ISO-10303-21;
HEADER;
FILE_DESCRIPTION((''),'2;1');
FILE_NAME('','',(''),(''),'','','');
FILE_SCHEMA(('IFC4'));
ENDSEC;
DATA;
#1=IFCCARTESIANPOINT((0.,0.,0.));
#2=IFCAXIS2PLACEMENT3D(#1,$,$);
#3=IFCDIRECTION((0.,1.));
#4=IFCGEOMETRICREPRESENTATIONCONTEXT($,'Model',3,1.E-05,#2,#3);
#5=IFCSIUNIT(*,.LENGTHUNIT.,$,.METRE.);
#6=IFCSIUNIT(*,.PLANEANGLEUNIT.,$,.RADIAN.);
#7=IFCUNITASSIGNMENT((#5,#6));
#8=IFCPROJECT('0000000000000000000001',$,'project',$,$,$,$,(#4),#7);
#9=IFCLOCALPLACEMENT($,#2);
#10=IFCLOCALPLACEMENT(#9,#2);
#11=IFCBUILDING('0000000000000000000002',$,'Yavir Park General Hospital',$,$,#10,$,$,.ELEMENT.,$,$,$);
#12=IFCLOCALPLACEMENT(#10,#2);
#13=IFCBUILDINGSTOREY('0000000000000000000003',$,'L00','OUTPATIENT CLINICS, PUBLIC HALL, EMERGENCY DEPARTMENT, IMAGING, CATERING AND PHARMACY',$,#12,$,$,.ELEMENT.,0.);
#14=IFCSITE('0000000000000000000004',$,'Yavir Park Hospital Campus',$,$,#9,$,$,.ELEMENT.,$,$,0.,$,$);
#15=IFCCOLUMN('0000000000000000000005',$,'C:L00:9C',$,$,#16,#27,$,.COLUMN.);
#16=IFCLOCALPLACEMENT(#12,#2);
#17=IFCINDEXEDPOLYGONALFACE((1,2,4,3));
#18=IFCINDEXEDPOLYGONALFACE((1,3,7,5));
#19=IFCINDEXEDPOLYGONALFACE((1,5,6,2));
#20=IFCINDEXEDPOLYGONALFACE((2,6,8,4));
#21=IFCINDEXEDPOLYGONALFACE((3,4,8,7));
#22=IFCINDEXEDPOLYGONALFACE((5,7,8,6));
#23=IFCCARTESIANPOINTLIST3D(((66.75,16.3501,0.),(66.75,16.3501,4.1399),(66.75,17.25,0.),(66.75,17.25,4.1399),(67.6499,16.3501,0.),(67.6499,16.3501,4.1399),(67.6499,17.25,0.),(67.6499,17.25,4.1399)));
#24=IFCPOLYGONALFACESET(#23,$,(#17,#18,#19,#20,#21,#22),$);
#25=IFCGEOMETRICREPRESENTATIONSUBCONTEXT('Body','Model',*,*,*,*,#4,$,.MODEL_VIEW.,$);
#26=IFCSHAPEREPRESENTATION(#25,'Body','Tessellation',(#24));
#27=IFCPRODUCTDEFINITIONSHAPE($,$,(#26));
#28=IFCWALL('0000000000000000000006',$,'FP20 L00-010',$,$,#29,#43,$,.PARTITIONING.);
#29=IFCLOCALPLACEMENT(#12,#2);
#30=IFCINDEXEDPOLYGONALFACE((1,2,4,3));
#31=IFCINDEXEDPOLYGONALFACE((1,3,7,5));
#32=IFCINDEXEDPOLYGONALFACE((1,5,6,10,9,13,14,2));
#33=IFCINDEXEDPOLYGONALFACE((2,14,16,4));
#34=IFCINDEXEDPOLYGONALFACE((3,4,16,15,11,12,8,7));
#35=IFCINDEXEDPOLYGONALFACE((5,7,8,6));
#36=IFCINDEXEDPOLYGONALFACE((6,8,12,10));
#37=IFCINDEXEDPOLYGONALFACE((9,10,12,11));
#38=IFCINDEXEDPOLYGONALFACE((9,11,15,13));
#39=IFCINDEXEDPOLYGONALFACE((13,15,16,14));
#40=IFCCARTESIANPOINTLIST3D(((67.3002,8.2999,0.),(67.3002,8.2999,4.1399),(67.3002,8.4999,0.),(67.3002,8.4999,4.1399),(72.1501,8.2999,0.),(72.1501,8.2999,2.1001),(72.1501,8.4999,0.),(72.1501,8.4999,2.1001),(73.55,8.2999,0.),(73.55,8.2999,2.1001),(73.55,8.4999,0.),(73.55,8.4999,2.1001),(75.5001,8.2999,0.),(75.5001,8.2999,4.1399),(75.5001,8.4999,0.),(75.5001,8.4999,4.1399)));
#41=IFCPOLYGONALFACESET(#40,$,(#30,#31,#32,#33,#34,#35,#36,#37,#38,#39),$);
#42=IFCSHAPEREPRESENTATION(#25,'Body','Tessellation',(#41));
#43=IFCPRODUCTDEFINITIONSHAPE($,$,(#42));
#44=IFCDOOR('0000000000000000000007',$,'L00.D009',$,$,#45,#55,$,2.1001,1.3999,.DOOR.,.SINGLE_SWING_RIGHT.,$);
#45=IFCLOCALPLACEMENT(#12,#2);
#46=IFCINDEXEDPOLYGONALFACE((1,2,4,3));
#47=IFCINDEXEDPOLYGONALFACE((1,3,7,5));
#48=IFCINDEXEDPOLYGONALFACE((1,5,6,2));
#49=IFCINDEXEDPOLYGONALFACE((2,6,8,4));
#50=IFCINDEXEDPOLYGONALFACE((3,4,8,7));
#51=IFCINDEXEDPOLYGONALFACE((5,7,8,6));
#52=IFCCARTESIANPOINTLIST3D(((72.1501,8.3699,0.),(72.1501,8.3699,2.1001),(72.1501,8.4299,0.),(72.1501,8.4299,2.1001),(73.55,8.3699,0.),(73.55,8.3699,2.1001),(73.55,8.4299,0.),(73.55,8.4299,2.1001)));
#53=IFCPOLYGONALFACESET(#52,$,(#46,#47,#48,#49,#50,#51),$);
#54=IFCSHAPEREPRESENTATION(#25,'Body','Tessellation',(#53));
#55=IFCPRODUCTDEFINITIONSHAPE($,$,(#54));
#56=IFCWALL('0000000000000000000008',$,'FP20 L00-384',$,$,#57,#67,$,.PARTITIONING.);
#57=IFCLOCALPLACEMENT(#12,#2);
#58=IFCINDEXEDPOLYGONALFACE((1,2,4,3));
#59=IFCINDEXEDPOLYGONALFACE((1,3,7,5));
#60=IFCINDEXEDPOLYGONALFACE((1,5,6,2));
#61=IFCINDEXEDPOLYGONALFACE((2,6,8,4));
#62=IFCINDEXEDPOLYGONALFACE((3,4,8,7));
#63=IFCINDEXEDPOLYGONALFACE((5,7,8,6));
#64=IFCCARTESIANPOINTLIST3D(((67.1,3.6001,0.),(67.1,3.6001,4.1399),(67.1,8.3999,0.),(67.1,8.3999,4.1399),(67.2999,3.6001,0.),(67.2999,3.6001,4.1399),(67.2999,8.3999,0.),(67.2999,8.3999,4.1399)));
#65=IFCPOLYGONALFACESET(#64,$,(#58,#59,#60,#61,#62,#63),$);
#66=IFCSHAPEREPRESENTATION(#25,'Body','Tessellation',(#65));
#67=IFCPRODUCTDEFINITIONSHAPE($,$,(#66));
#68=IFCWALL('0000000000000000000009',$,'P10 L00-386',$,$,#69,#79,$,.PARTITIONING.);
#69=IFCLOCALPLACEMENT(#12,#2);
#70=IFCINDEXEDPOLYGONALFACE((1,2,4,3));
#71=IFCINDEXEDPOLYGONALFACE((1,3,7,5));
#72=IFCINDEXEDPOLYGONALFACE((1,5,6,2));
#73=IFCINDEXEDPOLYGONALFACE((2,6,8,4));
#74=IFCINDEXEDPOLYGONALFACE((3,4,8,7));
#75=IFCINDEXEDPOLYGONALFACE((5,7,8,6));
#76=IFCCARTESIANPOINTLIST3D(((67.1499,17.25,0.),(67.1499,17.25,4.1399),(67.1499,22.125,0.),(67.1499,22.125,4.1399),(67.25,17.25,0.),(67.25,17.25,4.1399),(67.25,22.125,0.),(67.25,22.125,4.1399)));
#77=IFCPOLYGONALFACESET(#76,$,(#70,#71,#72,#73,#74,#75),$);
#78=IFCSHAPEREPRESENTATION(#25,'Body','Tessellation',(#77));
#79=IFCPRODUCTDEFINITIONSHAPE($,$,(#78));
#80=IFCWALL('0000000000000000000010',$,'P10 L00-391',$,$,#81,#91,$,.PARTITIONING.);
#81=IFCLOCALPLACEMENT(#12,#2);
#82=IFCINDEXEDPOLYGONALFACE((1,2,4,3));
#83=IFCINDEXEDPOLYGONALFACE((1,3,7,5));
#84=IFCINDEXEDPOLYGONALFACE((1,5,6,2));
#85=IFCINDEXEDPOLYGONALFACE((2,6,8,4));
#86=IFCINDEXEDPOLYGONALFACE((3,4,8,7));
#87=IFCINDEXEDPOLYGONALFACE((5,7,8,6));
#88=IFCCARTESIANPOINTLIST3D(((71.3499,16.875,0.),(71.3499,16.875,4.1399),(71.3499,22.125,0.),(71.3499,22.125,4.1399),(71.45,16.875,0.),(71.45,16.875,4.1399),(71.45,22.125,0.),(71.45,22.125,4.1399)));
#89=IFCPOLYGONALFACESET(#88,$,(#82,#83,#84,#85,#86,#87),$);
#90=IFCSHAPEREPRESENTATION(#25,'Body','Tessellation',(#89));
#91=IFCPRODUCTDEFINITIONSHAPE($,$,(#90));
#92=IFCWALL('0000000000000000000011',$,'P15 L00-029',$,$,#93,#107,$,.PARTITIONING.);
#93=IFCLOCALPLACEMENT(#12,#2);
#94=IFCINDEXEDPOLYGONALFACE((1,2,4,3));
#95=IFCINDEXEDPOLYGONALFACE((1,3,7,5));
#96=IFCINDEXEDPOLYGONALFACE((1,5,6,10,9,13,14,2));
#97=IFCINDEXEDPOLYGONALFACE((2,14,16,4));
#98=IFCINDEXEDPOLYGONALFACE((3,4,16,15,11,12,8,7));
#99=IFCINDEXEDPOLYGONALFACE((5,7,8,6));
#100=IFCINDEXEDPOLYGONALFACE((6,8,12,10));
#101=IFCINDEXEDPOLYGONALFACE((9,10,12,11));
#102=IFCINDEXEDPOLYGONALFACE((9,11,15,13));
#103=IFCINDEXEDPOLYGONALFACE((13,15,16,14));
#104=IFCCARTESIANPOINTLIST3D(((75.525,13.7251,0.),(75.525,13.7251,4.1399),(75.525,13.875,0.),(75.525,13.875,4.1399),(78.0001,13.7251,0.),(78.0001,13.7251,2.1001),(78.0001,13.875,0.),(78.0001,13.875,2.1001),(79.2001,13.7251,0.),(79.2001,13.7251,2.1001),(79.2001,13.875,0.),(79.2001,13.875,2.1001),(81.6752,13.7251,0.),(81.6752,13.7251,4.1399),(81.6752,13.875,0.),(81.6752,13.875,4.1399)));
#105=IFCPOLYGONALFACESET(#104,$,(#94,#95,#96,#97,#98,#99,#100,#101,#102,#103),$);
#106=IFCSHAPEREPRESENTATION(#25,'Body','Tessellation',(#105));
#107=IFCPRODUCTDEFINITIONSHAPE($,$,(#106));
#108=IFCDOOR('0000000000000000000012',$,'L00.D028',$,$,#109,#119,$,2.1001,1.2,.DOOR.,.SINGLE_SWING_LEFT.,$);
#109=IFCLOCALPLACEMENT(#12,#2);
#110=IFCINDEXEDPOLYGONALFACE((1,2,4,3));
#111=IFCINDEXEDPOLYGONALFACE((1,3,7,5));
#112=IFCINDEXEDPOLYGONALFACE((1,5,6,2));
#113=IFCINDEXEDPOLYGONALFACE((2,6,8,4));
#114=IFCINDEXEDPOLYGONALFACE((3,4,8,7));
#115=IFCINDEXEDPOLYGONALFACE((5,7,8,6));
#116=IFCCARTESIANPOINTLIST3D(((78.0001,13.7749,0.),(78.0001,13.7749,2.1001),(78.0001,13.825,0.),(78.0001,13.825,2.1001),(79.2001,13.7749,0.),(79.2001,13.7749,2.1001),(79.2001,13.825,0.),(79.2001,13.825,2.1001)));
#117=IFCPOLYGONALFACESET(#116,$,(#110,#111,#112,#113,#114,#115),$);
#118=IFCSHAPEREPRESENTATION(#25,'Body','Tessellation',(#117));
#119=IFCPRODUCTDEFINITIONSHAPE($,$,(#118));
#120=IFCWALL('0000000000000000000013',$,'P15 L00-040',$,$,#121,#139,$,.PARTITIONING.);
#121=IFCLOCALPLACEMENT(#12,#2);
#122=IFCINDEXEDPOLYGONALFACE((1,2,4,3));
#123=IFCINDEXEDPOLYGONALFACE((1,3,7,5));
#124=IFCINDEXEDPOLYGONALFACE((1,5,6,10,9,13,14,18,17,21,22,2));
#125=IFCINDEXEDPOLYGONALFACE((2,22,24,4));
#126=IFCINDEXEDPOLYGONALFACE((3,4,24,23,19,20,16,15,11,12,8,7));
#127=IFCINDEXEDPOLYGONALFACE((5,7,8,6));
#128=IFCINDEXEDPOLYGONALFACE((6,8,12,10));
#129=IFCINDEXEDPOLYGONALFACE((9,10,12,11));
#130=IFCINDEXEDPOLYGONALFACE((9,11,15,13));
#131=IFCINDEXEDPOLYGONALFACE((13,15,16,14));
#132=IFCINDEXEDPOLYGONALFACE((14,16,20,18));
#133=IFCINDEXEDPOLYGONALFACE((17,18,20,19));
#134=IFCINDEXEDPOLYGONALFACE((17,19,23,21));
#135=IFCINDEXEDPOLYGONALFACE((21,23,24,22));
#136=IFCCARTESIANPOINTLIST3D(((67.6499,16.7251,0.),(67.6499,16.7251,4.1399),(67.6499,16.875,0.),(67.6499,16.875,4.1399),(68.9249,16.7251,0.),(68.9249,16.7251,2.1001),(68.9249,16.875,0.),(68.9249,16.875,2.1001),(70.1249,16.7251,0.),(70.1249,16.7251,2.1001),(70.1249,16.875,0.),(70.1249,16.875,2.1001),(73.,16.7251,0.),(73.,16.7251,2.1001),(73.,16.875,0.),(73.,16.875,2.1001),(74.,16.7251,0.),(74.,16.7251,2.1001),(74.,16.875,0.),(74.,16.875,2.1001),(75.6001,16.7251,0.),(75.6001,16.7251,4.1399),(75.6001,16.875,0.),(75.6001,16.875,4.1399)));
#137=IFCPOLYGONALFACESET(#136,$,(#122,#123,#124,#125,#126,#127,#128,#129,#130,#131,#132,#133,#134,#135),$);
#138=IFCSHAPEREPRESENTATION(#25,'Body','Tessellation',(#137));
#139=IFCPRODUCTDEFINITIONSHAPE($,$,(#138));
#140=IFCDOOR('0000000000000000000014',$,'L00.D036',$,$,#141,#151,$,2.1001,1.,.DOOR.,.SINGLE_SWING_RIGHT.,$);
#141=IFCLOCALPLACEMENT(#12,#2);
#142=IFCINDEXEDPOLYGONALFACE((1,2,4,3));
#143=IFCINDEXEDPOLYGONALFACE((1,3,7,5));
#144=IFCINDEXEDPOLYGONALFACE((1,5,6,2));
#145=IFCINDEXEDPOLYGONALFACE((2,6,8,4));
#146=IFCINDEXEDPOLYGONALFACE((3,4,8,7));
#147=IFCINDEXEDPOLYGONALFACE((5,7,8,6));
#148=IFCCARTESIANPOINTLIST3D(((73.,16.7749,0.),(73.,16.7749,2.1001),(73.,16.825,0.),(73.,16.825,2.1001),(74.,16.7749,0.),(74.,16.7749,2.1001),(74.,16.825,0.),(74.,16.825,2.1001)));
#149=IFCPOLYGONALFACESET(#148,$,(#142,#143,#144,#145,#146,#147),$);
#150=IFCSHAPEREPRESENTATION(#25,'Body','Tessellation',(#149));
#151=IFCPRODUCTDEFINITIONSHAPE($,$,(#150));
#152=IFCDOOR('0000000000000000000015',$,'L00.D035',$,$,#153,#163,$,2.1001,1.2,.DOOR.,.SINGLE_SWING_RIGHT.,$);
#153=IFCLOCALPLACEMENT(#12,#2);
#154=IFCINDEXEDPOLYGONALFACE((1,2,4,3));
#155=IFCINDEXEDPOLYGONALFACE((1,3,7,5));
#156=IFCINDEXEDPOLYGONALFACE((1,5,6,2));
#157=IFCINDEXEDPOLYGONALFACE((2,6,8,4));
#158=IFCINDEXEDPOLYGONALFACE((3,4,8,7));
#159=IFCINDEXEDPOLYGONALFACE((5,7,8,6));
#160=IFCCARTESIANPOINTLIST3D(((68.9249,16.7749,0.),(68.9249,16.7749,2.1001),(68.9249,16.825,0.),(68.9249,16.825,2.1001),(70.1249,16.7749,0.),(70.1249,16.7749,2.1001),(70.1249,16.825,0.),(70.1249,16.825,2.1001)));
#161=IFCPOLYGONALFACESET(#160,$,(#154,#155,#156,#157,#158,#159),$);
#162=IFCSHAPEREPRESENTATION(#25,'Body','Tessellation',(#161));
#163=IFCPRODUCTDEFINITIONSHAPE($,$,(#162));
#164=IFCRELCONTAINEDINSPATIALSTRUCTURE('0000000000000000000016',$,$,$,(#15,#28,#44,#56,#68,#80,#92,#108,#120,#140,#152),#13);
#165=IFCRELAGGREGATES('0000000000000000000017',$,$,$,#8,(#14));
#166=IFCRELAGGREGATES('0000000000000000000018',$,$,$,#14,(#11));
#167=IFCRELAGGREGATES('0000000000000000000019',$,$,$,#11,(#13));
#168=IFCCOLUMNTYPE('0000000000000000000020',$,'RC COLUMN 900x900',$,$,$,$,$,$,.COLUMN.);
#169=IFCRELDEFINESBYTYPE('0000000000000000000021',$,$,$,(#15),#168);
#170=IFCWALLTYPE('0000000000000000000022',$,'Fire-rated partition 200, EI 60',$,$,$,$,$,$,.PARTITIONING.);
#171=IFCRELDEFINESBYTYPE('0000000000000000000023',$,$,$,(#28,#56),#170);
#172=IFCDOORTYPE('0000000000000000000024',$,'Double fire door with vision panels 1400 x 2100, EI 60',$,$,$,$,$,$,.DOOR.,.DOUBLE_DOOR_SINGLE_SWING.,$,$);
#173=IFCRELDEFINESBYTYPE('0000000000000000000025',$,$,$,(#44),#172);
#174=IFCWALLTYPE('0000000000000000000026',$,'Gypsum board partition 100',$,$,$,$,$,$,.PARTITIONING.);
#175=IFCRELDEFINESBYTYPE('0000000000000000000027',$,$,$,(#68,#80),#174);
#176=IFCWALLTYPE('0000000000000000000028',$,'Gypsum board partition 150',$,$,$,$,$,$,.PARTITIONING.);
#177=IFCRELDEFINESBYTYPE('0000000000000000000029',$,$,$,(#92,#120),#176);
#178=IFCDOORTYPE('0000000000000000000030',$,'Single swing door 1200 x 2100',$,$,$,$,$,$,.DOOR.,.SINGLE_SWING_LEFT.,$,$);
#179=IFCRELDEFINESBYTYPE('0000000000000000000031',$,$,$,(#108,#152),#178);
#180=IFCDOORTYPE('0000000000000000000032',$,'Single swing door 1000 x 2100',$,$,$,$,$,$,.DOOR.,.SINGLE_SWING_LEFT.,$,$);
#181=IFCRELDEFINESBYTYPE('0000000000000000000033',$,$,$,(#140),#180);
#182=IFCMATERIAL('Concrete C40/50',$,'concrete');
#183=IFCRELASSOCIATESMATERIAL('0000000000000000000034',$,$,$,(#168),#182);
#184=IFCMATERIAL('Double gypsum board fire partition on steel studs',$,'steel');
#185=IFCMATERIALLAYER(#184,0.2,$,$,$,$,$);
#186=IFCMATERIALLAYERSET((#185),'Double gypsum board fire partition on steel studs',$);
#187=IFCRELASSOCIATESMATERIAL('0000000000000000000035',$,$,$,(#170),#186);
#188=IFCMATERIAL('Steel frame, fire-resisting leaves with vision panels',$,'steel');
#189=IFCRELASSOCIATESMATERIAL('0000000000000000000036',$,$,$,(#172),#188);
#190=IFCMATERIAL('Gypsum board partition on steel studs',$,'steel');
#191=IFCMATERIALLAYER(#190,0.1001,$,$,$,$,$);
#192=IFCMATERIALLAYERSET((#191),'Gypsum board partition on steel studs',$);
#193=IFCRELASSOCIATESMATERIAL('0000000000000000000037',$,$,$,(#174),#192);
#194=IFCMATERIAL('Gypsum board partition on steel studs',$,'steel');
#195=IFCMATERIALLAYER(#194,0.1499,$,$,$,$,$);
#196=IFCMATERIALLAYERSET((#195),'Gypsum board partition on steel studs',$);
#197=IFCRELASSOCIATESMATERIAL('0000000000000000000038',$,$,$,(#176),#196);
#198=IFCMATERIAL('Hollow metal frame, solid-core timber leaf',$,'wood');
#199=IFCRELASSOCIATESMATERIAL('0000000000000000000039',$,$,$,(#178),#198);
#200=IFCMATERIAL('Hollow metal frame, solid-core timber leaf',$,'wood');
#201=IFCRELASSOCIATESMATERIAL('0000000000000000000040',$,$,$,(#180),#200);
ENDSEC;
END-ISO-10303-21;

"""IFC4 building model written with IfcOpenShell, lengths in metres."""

from ifc_helpers import new_model, si_unit, direction, frame, frame_2d, origin, origin_2d, place, context, subcontext, project, spatial, rectangle, extrude, material, layer, layer_set, material_profile, profile_set, type_object, element, fill, save


model = new_model("IFC4")

# Units and contexts
model_context = context("Model", 3, precision=1e-05, world=origin(), true_north=direction((0.0, 1.0)))
body_context = subcontext(model_context, "Body", "Model", "MODEL_VIEW")
ifc_project = project(units=[si_unit("LENGTHUNIT", "METRE"), si_unit("PLANEANGLEUNIT", "RADIAN")], contexts=[model_context])

# Site, building, storey
site_placement = place(None, origin())
site = spatial("IfcSite", under=ifc_project, at=site_placement, Name="Yavir Park Hospital Campus", CompositionType="ELEMENT", RefElevation=0.0)
building_placement = place(site_placement, origin())
building = spatial("IfcBuilding", under=site, at=building_placement, Name="Yavir Park General Hospital", CompositionType="ELEMENT")
storey_placement = place(building_placement, origin())
storey = spatial("IfcBuildingStorey", under=building, at=storey_placement, Name="L00", Description="OUTPATIENT CLINICS, PUBLIC HALL, EMERGENCY DEPARTMENT, IMAGING, CATERING AND PHARMACY", CompositionType="ELEMENT", Elevation=0.0)

# Column
ifc_material_1 = material(Name="Concrete C40/50", Category="concrete")
ifc_material_profile = material_profile(ifc_material_1, rectangle(XDim=0.8999, YDim=0.8999, at=origin_2d()), Name="RC900x900")
ifc_profile_set = profile_set([ifc_material_profile], Name="Concrete C40/50")
column_type = type_object("IfcColumnType", Name="RC COLUMN 900x900", PredefinedType="COLUMN", material=ifc_profile_set)
column_placement = place(storey_placement, frame((67.2, 16.8, 0.0), z_axis=(0.0, 0.0, 1.0), x_axis=(1.0, 0.0, 0.0)))
element("IfcColumn", 1, at=column_placement, inside=storey, type_object=column_type, Name="C:L00:9C", PredefinedType="COLUMN", context=body_context, shape_type="SweptSolid", body=[
    extrude(rectangle(XDim=0.8999, YDim=0.8999, at=origin_2d()), origin(), (0.0, 0.0, 1.0), 4.1399),
])

# Wall, opening, door
ifc_material_2 = material(Name="Double gypsum board fire partition on steel studs", Category="steel")
ifc_layer_1 = layer(ifc_material_2, 0.2)
ifc_layer_set_1 = layer_set([ifc_layer_1], Name="Double gypsum board fire partition on steel studs")
wall_type_1 = type_object("IfcWallType", Name="Fire-rated partition 200, EI 60", PredefinedType="PARTITIONING", material=ifc_layer_set_1)
wall_1_placement = place(storey_placement, frame((67.3, 8.3999, 0.0), z_axis=(0.0, 0.0, 1.0), x_axis=(1.0, 0.0, 0.0)))
wall_1 = element("IfcWall", 2, at=wall_1_placement, inside=storey, type_object=wall_type_1, Name="FP20 L00-010", PredefinedType="PARTITIONING", context=body_context, shape_type="SweptSolid", body=[
    extrude(rectangle(XDim=8.2, YDim=0.2, at=frame_2d((4.1001, 0.0))), origin(), (0.0, 0.0, 1.0), 4.1399),
])
opening_1_placement = place(wall_1_placement, frame((4.8501, 0.0, 0.0)))
opening_1 = element("IfcOpeningElement", 3, at=opening_1_placement, cuts=wall_1, PredefinedType="OPENING", context=body_context, shape_type="SweptSolid", body=[
    extrude(rectangle(XDim=1.3999, YDim=2.1001, at=frame_2d((0.7, 1.05))), frame((0.0, 0.1099, 0.0), z_axis=(0.0, -1.0, 0.0), x_axis=(1.0, 0.0, 0.0)), (0.0, 0.0, 1.0), 0.22),
])
ifc_material_3 = material(Name="Steel frame, fire-resisting leaves with vision panels", Category="steel")
door_type_1 = type_object("IfcDoorType", Name="Double fire door with vision panels 1400 x 2100, EI 60", OperationType="DOUBLE_DOOR_SINGLE_SWING", PredefinedType="DOOR", material=ifc_material_3)
door_1_placement = place(opening_1_placement, origin())
door_1 = element("IfcDoor", 4, at=door_1_placement, inside=storey, type_object=door_type_1, Name="L00.D009", OperationType="SINGLE_SWING_RIGHT", OverallHeight=2.1001, OverallWidth=1.3999, PredefinedType="DOOR", context=body_context, shape_type="SweptSolid", body=[
    extrude(rectangle(XDim=1.3999, YDim=2.1001, at=frame_2d((0.7, 1.05))), frame((0.0, 0.03, 0.0), z_axis=(0.0, -1.0, 0.0), x_axis=(1.0, 0.0, 0.0)), (0.0, 0.0, 1.0), 0.0601),
])
fill(opening_1, door_1)

# Walls
wall_2_placement = place(storey_placement, frame((67.2, 3.6001, 0.0), z_axis=(0.0, 0.0, 1.0), x_axis=(0.0, 1.0, 0.0)))
element("IfcWall", 5, at=wall_2_placement, inside=storey, type_object=wall_type_1, Name="FP20 L00-384", PredefinedType="PARTITIONING", context=body_context, shape_type="SweptSolid", body=[
    extrude(rectangle(XDim=4.7998, YDim=0.2, at=frame_2d((2.3999, 0.0))), origin(), (0.0, 0.0, 1.0), 4.1399),
])
ifc_material_4 = material(Name="Gypsum board partition on steel studs", Category="steel")
ifc_layer_2 = layer(ifc_material_4, 0.1001)
ifc_layer_set_2 = layer_set([ifc_layer_2], Name="Gypsum board partition on steel studs")
wall_type_2 = type_object("IfcWallType", Name="Gypsum board partition 100", PredefinedType="PARTITIONING", material=ifc_layer_set_2)
wall_3_placement = place(storey_placement, frame((67.2, 17.25, 0.0), z_axis=(0.0, 0.0, 1.0), x_axis=(0.0, 1.0, 0.0)))
element("IfcWall", 6, at=wall_3_placement, inside=storey, type_object=wall_type_2, Name="P10 L00-386", PredefinedType="PARTITIONING", context=body_context, shape_type="SweptSolid", body=[
    extrude(rectangle(XDim=4.875, YDim=0.1001, at=frame_2d((2.4375, 0.0))), origin(), (0.0, 0.0, 1.0), 4.1399),
])
wall_4_placement = place(storey_placement, frame((71.3999, 16.875, 0.0), z_axis=(0.0, 0.0, 1.0), x_axis=(0.0, 1.0, 0.0)))
element("IfcWall", 7, at=wall_4_placement, inside=storey, type_object=wall_type_2, Name="P10 L00-391", PredefinedType="PARTITIONING", context=body_context, shape_type="SweptSolid", body=[
    extrude(rectangle(XDim=5.25, YDim=0.1001, at=frame_2d((2.625, 0.0))), origin(), (0.0, 0.0, 1.0), 4.1399),
])

# Wall, opening, door
ifc_material_5 = material(Name="Gypsum board partition on steel studs", Category="steel")
ifc_layer_3 = layer(ifc_material_5, 0.1499)
ifc_layer_set_3 = layer_set([ifc_layer_3], Name="Gypsum board partition on steel studs")
wall_type_3 = type_object("IfcWallType", Name="Gypsum board partition 150", PredefinedType="PARTITIONING", material=ifc_layer_set_3)
wall_5_placement = place(storey_placement, frame((75.5249, 13.8, 0.0), z_axis=(0.0, 0.0, 1.0), x_axis=(1.0, 0.0, 0.0)))
wall_5 = element("IfcWall", 8, at=wall_5_placement, inside=storey, type_object=wall_type_3, Name="P15 L00-029", PredefinedType="PARTITIONING", context=body_context, shape_type="SweptSolid", body=[
    extrude(rectangle(XDim=6.1501, YDim=0.1499, at=frame_2d((3.0752, 0.0))), origin(), (0.0, 0.0, 1.0), 4.1399),
])
opening_2_placement = place(wall_5_placement, frame((2.4751, 0.0, 0.0)))
opening_2 = element("IfcOpeningElement", 9, at=opening_2_placement, cuts=wall_5, PredefinedType="OPENING", context=body_context, shape_type="SweptSolid", body=[
    extrude(rectangle(XDim=1.2, YDim=2.1001, at=frame_2d((0.6001, 1.05))), frame((0.0, 0.085, 0.0), z_axis=(0.0, -1.0, 0.0), x_axis=(1.0, 0.0, 0.0)), (0.0, 0.0, 1.0), 0.1699),
])
ifc_material_6 = material(Name="Hollow metal frame, solid-core timber leaf", Category="wood")
door_type_2 = type_object("IfcDoorType", Name="Single swing door 1200 x 2100", OperationType="SINGLE_SWING_LEFT", PredefinedType="DOOR", material=ifc_material_6)
door_2_placement = place(opening_2_placement, origin())
door_2 = element("IfcDoor", 10, at=door_2_placement, inside=storey, type_object=door_type_2, Name="L00.D028", OperationType="SINGLE_SWING_LEFT", OverallHeight=2.1001, OverallWidth=1.2, PredefinedType="DOOR", context=body_context, shape_type="SweptSolid", body=[
    extrude(rectangle(XDim=1.2, YDim=2.1001, at=frame_2d((0.6001, 1.05))), frame((0.0, 0.0249, 0.0), z_axis=(0.0, -1.0, 0.0), x_axis=(1.0, 0.0, 0.0)), (0.0, 0.0, 1.0), 0.05),
])
fill(opening_2, door_2)

# Wall, openings, doors
wall_6_placement = place(storey_placement, frame((67.6499, 16.8, 0.0), z_axis=(0.0, 0.0, 1.0), x_axis=(1.0, 0.0, 0.0)))
wall_6 = element("IfcWall", 11, at=wall_6_placement, inside=storey, type_object=wall_type_3, Name="P15 L00-040", PredefinedType="PARTITIONING", context=body_context, shape_type="SweptSolid", body=[
    extrude(rectangle(XDim=7.9502, YDim=0.1499, at=frame_2d((3.9751, 0.0))), origin(), (0.0, 0.0, 1.0), 4.1399),
])
opening_3_placement = place(wall_6_placement, frame((1.2749, 0.0, 0.0)))
opening_3 = element("IfcOpeningElement", 12, at=opening_3_placement, cuts=wall_6, PredefinedType="OPENING", context=body_context, shape_type="SweptSolid", body=[
    extrude(rectangle(XDim=1.2, YDim=2.1001, at=frame_2d((0.6001, 1.05))), frame((0.0, 0.085, 0.0), z_axis=(0.0, -1.0, 0.0), x_axis=(1.0, 0.0, 0.0)), (0.0, 0.0, 1.0), 0.1699),
])
opening_4_placement = place(wall_6_placement, frame((5.3501, 0.0, 0.0)))
opening_4 = element("IfcOpeningElement", 13, at=opening_4_placement, cuts=wall_6, PredefinedType="OPENING", context=body_context, shape_type="SweptSolid", body=[
    extrude(rectangle(XDim=1.0, YDim=2.1001, at=frame_2d((0.5, 1.05))), frame((0.0, 0.085, 0.0), z_axis=(0.0, -1.0, 0.0), x_axis=(1.0, 0.0, 0.0)), (0.0, 0.0, 1.0), 0.1699),
])
ifc_material_7 = material(Name="Hollow metal frame, solid-core timber leaf", Category="wood")
door_type_3 = type_object("IfcDoorType", Name="Single swing door 1000 x 2100", OperationType="SINGLE_SWING_LEFT", PredefinedType="DOOR", material=ifc_material_7)
door_3_placement = place(opening_4_placement, origin())
door_3 = element("IfcDoor", 14, at=door_3_placement, inside=storey, type_object=door_type_3, Name="L00.D036", OperationType="SINGLE_SWING_RIGHT", OverallHeight=2.1001, OverallWidth=1.0, PredefinedType="DOOR", context=body_context, shape_type="SweptSolid", body=[
    extrude(rectangle(XDim=1.0, YDim=2.1001, at=frame_2d((0.5, 1.05))), frame((0.0, 0.0249, 0.0), z_axis=(0.0, -1.0, 0.0), x_axis=(1.0, 0.0, 0.0)), (0.0, 0.0, 1.0), 0.05),
])
fill(opening_4, door_3)
door_4_placement = place(opening_3_placement, origin())
door_4 = element("IfcDoor", 15, at=door_4_placement, inside=storey, type_object=door_type_2, Name="L00.D035", OperationType="SINGLE_SWING_RIGHT", OverallHeight=2.1001, OverallWidth=1.2, PredefinedType="DOOR", context=body_context, shape_type="SweptSolid", body=[
    extrude(rectangle(XDim=1.2, YDim=2.1001, at=frame_2d((0.6001, 1.05))), frame((0.0, 0.0249, 0.0), z_axis=(0.0, -1.0, 0.0), x_axis=(1.0, 0.0, 0.0)), (0.0, 0.0, 1.0), 0.05),
])
fill(opening_3, door_4)

save(model, "model.ifc")
